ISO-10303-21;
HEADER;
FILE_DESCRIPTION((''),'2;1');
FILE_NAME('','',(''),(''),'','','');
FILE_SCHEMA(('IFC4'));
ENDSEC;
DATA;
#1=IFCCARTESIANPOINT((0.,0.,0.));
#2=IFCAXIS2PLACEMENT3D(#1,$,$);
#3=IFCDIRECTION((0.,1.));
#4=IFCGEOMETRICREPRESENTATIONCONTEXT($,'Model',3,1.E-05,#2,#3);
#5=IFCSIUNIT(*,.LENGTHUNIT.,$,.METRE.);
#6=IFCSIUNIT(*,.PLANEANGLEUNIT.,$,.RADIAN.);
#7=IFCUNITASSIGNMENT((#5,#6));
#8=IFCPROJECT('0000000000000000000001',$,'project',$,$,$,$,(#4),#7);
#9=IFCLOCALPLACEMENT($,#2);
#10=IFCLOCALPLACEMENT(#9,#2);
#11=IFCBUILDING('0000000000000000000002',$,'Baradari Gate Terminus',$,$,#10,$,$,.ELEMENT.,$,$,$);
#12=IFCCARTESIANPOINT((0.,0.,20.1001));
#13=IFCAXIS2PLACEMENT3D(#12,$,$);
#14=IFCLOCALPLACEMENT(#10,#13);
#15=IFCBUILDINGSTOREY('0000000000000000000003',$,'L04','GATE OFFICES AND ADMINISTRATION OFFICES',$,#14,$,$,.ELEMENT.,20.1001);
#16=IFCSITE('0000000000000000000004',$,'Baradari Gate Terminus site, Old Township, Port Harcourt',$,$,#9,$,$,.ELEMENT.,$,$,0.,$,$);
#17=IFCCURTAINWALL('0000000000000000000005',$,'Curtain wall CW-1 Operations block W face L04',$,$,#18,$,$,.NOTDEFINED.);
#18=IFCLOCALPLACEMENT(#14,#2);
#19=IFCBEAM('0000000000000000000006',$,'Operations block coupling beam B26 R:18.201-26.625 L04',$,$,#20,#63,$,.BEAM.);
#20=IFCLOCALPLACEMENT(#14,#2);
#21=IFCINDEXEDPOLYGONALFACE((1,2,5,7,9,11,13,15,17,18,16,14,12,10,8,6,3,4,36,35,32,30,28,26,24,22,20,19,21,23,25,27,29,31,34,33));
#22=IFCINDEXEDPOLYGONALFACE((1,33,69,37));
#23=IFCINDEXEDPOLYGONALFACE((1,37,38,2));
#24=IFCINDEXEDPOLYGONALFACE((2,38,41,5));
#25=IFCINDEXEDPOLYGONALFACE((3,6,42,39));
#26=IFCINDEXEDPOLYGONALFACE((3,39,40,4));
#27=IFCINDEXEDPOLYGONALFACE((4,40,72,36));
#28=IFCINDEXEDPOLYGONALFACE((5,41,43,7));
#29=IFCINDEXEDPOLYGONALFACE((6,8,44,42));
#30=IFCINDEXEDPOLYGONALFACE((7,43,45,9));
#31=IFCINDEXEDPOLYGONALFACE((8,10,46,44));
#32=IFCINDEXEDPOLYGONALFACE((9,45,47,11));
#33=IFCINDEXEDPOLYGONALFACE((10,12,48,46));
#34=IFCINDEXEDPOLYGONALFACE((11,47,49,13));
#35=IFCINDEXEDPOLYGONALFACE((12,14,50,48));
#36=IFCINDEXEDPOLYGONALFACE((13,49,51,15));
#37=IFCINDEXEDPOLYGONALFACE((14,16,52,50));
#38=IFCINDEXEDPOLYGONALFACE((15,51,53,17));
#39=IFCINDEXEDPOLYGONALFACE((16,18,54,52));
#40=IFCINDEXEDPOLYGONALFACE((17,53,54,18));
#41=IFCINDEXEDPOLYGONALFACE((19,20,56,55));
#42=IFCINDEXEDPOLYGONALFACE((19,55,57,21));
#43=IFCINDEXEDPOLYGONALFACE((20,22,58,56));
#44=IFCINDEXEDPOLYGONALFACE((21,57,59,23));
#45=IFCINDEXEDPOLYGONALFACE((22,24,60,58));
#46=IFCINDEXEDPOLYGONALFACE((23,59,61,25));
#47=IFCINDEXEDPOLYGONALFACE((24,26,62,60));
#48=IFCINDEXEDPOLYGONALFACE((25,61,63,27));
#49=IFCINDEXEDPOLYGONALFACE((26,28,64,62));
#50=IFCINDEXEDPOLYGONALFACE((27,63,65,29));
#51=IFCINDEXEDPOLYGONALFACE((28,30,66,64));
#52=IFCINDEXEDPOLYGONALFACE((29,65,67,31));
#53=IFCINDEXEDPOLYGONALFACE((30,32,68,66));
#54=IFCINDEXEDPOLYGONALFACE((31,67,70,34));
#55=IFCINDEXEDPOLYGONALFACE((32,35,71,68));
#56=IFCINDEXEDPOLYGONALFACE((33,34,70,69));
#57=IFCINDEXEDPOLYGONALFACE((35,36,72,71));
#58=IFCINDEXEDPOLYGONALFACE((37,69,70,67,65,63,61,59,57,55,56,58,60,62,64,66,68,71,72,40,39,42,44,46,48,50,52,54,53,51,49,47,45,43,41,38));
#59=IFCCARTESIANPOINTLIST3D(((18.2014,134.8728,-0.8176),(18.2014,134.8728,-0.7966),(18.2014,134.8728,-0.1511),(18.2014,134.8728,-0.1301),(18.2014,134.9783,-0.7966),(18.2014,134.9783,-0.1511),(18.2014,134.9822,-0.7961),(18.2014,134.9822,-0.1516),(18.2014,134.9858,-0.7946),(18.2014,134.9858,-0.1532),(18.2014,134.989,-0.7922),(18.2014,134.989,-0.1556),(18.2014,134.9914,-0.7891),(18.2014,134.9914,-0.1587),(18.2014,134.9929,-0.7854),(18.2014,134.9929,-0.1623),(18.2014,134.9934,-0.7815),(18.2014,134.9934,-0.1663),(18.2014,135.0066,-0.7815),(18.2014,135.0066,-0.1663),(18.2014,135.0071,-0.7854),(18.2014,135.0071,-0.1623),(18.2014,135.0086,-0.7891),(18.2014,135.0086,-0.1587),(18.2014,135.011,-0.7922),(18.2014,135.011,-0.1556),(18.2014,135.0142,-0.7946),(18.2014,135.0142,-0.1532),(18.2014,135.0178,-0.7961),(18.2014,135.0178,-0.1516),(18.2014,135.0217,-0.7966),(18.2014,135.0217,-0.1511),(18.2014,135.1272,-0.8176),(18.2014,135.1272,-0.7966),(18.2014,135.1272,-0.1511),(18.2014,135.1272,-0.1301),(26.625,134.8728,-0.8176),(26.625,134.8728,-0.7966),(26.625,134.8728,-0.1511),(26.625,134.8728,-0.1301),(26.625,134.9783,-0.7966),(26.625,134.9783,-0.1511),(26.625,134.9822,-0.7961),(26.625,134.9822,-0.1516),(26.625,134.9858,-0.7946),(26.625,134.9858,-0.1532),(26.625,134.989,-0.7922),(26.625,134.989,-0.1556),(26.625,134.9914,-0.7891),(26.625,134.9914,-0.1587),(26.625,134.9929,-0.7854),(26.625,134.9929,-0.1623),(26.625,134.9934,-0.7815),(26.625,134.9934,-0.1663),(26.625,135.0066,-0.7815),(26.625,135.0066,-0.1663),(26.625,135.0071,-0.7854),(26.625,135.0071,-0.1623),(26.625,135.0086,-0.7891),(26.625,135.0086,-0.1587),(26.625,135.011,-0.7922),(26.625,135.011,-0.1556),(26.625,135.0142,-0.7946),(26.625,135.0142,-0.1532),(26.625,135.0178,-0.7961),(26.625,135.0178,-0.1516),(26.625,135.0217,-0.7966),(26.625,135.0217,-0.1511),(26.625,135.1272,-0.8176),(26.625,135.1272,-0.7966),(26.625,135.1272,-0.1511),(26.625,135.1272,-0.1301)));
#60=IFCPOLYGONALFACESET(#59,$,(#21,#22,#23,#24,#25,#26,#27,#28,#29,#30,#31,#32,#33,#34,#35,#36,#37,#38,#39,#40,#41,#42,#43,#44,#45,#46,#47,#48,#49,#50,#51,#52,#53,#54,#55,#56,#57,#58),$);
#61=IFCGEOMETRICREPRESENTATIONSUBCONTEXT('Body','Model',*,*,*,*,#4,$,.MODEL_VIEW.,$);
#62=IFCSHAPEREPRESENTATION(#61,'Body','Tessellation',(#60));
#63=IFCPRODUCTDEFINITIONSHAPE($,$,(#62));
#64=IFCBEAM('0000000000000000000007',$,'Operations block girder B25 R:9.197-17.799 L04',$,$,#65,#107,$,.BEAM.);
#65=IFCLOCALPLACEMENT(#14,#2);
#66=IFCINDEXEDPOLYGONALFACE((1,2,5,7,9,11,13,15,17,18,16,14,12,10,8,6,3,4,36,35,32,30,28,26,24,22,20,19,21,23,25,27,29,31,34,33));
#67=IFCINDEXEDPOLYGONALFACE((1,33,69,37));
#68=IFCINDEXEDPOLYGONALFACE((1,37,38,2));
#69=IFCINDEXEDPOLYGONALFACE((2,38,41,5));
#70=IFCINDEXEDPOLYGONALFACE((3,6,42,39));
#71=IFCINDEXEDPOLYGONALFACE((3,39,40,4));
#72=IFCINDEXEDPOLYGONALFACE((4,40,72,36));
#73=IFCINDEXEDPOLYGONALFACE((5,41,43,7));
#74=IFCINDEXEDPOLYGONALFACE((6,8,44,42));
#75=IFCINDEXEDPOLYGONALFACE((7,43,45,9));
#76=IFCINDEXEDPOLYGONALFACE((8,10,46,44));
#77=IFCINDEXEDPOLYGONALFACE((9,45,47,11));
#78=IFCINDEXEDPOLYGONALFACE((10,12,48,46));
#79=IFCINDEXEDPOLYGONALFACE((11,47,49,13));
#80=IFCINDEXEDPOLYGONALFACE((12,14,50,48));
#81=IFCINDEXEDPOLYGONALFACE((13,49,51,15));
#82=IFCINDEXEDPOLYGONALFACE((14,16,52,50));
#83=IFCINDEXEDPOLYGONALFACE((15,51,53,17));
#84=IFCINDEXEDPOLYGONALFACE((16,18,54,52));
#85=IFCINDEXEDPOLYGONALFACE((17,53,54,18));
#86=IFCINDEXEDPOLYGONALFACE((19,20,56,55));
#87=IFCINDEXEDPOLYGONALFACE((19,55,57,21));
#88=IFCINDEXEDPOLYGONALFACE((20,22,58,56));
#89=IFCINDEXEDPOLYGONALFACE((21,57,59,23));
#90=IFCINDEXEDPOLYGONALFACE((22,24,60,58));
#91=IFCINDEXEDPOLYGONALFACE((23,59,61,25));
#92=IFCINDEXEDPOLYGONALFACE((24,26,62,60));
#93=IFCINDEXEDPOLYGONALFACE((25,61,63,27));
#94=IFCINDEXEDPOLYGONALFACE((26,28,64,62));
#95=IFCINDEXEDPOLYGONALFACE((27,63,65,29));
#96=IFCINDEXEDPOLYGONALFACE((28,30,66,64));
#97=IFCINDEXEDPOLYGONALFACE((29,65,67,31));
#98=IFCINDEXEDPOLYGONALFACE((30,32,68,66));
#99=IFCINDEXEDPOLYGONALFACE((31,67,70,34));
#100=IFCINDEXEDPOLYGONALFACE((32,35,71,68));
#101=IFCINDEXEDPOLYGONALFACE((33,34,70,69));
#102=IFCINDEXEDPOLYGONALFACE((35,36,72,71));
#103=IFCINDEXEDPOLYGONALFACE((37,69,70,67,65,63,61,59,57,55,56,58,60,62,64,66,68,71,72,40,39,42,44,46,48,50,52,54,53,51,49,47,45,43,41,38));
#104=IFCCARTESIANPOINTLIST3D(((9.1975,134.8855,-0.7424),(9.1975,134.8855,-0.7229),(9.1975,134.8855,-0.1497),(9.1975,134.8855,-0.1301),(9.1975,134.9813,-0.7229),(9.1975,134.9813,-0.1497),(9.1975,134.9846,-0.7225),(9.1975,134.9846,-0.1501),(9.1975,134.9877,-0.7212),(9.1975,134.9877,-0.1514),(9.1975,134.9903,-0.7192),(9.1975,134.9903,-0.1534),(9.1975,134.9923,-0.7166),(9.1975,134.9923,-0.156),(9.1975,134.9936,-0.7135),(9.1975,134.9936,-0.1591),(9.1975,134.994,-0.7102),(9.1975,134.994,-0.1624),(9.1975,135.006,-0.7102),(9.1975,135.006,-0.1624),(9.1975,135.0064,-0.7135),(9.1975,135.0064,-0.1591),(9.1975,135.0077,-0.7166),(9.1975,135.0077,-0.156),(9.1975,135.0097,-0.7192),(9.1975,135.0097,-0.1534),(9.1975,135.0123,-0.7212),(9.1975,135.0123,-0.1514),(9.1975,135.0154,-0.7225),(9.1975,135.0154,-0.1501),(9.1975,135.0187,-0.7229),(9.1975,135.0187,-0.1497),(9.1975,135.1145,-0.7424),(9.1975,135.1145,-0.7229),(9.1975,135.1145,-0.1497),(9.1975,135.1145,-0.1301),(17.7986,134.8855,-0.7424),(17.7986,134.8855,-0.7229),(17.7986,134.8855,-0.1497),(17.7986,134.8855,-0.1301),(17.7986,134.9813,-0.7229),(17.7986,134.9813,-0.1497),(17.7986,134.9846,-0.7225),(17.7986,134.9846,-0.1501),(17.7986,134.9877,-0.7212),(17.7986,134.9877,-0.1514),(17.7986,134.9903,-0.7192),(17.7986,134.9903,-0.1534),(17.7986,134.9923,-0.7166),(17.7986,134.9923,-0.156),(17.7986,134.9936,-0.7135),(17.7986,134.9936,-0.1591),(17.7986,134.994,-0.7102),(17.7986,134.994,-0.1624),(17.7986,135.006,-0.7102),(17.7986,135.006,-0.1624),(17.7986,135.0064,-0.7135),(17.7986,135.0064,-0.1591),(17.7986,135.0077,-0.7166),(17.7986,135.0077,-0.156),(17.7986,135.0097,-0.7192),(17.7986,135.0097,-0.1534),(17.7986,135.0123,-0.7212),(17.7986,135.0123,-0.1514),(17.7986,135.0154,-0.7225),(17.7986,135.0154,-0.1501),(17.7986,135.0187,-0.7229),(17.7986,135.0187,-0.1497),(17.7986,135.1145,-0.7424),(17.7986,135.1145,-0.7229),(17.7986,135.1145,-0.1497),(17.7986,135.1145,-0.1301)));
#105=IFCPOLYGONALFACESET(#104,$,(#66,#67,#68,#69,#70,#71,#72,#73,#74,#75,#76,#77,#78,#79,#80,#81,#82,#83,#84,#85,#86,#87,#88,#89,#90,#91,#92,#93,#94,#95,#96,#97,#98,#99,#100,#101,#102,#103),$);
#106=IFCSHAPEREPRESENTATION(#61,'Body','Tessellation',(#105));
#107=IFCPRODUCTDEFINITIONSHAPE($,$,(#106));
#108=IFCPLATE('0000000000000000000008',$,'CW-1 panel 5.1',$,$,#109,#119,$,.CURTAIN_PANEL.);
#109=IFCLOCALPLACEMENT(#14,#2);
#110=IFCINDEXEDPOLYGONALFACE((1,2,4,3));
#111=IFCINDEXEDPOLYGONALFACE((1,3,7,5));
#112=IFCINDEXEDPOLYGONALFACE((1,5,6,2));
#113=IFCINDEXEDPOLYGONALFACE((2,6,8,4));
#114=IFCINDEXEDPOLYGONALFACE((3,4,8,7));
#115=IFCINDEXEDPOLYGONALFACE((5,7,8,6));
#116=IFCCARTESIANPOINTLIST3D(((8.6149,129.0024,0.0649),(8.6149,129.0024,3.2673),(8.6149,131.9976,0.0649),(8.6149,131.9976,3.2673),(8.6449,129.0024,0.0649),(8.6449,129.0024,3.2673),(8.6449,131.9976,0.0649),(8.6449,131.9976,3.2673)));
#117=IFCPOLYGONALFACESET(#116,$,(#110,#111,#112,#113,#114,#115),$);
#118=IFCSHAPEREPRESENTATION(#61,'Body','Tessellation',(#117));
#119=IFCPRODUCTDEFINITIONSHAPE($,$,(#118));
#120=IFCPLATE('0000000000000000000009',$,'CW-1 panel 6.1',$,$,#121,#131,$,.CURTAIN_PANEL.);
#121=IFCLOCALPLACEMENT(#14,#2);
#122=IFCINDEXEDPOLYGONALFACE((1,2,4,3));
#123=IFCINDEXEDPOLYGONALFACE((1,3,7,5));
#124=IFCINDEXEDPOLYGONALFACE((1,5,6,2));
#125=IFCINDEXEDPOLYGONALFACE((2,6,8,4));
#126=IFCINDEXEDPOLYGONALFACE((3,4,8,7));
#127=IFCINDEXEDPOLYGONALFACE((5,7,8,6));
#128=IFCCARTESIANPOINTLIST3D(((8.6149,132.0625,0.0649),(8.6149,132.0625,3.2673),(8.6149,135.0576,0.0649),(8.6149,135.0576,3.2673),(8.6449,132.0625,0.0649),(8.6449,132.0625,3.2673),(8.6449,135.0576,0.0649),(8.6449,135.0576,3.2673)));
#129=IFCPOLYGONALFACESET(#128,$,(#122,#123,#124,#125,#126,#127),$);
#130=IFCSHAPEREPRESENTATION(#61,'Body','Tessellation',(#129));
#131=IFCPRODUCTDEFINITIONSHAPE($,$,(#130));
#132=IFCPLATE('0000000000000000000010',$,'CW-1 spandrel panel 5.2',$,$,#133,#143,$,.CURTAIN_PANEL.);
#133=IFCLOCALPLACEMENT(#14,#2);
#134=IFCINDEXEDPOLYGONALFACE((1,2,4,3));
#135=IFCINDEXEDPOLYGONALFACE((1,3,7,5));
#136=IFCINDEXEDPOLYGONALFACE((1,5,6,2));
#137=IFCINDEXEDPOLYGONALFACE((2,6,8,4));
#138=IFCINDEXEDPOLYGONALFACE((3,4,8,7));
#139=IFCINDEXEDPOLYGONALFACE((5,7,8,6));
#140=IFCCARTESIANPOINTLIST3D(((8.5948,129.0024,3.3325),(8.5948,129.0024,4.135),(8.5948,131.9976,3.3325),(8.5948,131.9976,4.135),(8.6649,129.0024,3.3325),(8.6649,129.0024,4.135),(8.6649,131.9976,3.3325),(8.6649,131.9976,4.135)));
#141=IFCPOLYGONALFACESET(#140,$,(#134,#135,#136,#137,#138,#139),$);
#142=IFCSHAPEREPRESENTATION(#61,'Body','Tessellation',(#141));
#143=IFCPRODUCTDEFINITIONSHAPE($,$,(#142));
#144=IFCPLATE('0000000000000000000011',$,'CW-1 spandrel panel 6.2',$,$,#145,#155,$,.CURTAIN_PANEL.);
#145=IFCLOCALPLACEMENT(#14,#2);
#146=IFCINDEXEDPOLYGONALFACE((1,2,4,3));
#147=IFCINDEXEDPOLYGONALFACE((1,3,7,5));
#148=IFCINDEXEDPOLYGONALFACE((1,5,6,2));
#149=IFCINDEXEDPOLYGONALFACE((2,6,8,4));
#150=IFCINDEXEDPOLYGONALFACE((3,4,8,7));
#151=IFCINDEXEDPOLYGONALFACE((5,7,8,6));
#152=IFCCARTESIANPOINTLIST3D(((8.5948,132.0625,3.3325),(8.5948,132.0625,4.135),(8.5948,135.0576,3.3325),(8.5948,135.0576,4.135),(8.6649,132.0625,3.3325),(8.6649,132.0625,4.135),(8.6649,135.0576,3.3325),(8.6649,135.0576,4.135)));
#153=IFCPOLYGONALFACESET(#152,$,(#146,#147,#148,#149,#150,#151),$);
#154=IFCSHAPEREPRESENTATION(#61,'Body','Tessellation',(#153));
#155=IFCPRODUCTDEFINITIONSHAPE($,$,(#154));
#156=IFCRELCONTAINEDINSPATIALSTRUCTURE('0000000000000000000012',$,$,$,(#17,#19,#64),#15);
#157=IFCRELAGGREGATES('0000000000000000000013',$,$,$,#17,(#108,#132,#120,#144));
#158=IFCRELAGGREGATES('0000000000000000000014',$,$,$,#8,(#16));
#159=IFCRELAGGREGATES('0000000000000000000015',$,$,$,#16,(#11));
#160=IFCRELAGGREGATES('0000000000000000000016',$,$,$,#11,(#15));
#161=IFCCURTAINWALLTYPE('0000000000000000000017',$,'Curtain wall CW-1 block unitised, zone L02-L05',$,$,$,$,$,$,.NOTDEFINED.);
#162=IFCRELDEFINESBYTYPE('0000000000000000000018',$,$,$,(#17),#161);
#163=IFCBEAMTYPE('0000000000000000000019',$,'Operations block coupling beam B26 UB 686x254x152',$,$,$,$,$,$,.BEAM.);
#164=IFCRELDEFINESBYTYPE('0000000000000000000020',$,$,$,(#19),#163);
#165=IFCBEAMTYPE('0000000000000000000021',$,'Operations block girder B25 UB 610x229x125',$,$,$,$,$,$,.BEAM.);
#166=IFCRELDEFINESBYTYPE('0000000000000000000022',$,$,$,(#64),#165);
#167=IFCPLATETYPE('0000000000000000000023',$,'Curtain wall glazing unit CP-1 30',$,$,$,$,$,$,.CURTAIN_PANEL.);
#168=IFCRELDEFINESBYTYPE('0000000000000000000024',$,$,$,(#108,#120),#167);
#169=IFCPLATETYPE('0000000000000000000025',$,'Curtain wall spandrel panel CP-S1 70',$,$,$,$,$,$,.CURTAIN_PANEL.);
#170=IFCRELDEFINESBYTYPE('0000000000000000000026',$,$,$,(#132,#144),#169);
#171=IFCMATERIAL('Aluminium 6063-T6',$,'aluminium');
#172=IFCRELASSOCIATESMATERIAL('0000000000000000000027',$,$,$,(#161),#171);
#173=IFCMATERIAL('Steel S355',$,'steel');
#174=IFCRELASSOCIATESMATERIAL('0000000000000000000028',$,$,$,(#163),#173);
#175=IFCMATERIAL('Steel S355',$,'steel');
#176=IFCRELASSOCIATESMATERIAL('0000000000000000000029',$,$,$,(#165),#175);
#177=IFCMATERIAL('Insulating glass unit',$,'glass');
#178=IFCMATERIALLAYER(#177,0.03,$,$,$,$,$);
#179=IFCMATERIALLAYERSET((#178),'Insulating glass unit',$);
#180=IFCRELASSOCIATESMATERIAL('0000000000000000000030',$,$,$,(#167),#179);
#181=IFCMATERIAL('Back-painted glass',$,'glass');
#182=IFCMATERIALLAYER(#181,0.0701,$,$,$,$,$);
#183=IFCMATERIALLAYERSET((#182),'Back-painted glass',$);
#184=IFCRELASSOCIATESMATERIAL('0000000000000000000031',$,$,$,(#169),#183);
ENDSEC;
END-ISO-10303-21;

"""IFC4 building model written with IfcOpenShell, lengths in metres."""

from ifc_helpers import new_model, si_unit, direction, frame, origin, origin_2d, place, context, subcontext, project, spatial, rectangle, i_section, extrude, material, layer, layer_set, material_profile, profile_set, type_object, element, aggregate, save


model = new_model("IFC4")

# Units and contexts
model_context = context("Model", 3, precision=1e-05, world=origin(), true_north=direction((0.0, 1.0)))
body_context = subcontext(model_context, "Body", "Model", "MODEL_VIEW")
ifc_project = project(units=[si_unit("LENGTHUNIT", "METRE"), si_unit("PLANEANGLEUNIT", "RADIAN")], contexts=[model_context])

# Site, building, storey
site_placement = place(None, origin())
site = spatial("IfcSite", under=ifc_project, at=site_placement, Name="Baradari Gate Terminus site, Old Township, Port Harcourt", CompositionType="ELEMENT", RefElevation=0.0)
building_placement = place(site_placement, origin())
building = spatial("IfcBuilding", under=site, at=building_placement, Name="Baradari Gate Terminus", CompositionType="ELEMENT")
storey_placement = place(building_placement, frame((0.0, 0.0, 20.1001)))
storey = spatial("IfcBuildingStorey", under=building, at=storey_placement, Name="L04", Description="GATE OFFICES AND ADMINISTRATION OFFICES", CompositionType="ELEMENT", Elevation=20.1001)

# Curtain wall
ifc_material_1 = material(Name="Aluminium 6063-T6", Category="aluminium")
curtain_wall_type = type_object("IfcCurtainWallType", Name="Curtain wall CW-1 block unitised, zone L02-L05", PredefinedType="NOTDEFINED", material=ifc_material_1)
curtain_wall_placement = place(storey_placement, origin())
curtain_wall = element("IfcCurtainWall", 1, at=curtain_wall_placement, inside=storey, type_object=curtain_wall_type, Name="Curtain wall CW-1 Operations block W face L04", PredefinedType="NOTDEFINED")

# Beams
ifc_material_2 = material(Name="Steel S355", Category="steel")
ifc_material_profile_1 = material_profile(ifc_material_2, i_section(OverallWidth=0.2544, OverallDepth=0.6875, WebThickness=0.0132, FlangeThickness=0.021, FilletRadius=0.0151, at=origin_2d()), Name="UB 686x254x152")
ifc_profile_set_1 = profile_set([ifc_material_profile_1], Name="Steel S355")
beam_type_1 = type_object("IfcBeamType", Name="Operations block coupling beam B26 UB 686x254x152", PredefinedType="BEAM", material=ifc_profile_set_1)
beam_1_placement = place(storey_placement, frame((18.2014, 135.0, -0.4739), z_axis=(1.0, 0.0, 0.0), x_axis=(0.0, 1.0, 0.0)))
element("IfcBeam", 2, at=beam_1_placement, inside=storey, type_object=beam_type_1, Name="Operations block coupling beam B26 R:18.201-26.625 L04", PredefinedType="BEAM", context=body_context, shape_type="SweptSolid", body=[
    extrude(i_section(OverallWidth=0.2544, OverallDepth=0.6875, WebThickness=0.0132, FlangeThickness=0.021, FilletRadius=0.0151, at=origin_2d()), origin(), (0.0, 0.0, 1.0), 8.4236),
])
ifc_material_3 = material(Name="Steel S355", Category="steel")
ifc_material_profile_2 = material_profile(ifc_material_3, i_section(OverallWidth=0.229, OverallDepth=0.6123, WebThickness=0.012, FlangeThickness=0.0195, FilletRadius=0.0127, at=origin_2d()), Name="UB 610x229x125")
ifc_profile_set_2 = profile_set([ifc_material_profile_2], Name="Steel S355")
beam_type_2 = type_object("IfcBeamType", Name="Operations block girder B25 UB 610x229x125", PredefinedType="BEAM", material=ifc_profile_set_2)
beam_2_placement = place(storey_placement, frame((9.1975, 135.0, -0.4363), z_axis=(1.0, 0.0, 0.0), x_axis=(0.0, 1.0, 0.0)))
element("IfcBeam", 3, at=beam_2_placement, inside=storey, type_object=beam_type_2, Name="Operations block girder B25 R:9.197-17.799 L04", PredefinedType="BEAM", context=body_context, shape_type="SweptSolid", body=[
    extrude(i_section(OverallWidth=0.229, OverallDepth=0.6123, WebThickness=0.012, FlangeThickness=0.0195, FilletRadius=0.0127, at=origin_2d()), origin(), (0.0, 0.0, 1.0), 8.6011),
])

# Plates
ifc_material_4 = material(Name="Insulating glass unit", Category="glass")
ifc_layer_1 = layer(ifc_material_4, 0.03)
ifc_layer_set_1 = layer_set([ifc_layer_1], Name="Insulating glass unit")
plate_type_1 = type_object("IfcPlateType", Name="Curtain wall glazing unit CP-1 30", PredefinedType="CURTAIN_PANEL", material=ifc_layer_set_1)
plate_1_placement = place(storey_placement, frame((8.6299, 130.5, 0.0649), z_axis=(0.0, 0.0, 1.0), x_axis=(0.0, 1.0, 0.0)))
plate_1 = element("IfcPlate", 4, at=plate_1_placement, type_object=plate_type_1, Name="CW-1 panel 5.1", PredefinedType="CURTAIN_PANEL", context=body_context, shape_type="SweptSolid", body=[
    extrude(rectangle(XDim=2.9951, YDim=0.03, at=origin_2d()), origin(), (0.0, 0.0, 1.0), 3.2024),
])
plate_2_placement = place(storey_placement, frame((8.6299, 133.5601, 0.0649), z_axis=(0.0, 0.0, 1.0), x_axis=(0.0, 1.0, 0.0)))
plate_2 = element("IfcPlate", 5, at=plate_2_placement, type_object=plate_type_1, Name="CW-1 panel 6.1", PredefinedType="CURTAIN_PANEL", context=body_context, shape_type="SweptSolid", body=[
    extrude(rectangle(XDim=2.9951, YDim=0.03, at=origin_2d()), origin(), (0.0, 0.0, 1.0), 3.2024),
])
ifc_material_5 = material(Name="Back-painted glass", Category="glass")
ifc_layer_2 = layer(ifc_material_5, 0.0701)
ifc_layer_set_2 = layer_set([ifc_layer_2], Name="Back-painted glass")
plate_type_2 = type_object("IfcPlateType", Name="Curtain wall spandrel panel CP-S1 70", PredefinedType="CURTAIN_PANEL", material=ifc_layer_set_2)
plate_3_placement = place(storey_placement, frame((8.6299, 130.5, 3.3325), z_axis=(0.0, 0.0, 1.0), x_axis=(0.0, 1.0, 0.0)))
plate_3 = element("IfcPlate", 6, at=plate_3_placement, type_object=plate_type_2, Name="CW-1 spandrel panel 5.2", PredefinedType="CURTAIN_PANEL", context=body_context, shape_type="SweptSolid", body=[
    extrude(rectangle(XDim=2.9951, YDim=0.0701, at=origin_2d()), origin(), (0.0, 0.0, 1.0), 0.8025),
])
plate_4_placement = place(storey_placement, frame((8.6299, 133.5601, 3.3325), z_axis=(0.0, 0.0, 1.0), x_axis=(0.0, 1.0, 0.0)))
plate_4 = element("IfcPlate", 7, at=plate_4_placement, type_object=plate_type_2, Name="CW-1 spandrel panel 6.2", PredefinedType="CURTAIN_PANEL", context=body_context, shape_type="SweptSolid", body=[
    extrude(rectangle(XDim=2.9951, YDim=0.0701, at=origin_2d()), origin(), (0.0, 0.0, 1.0), 0.8025),
])
aggregate(curtain_wall, [plate_1, plate_3, plate_2, plate_4])

save(model, "model.ifc")
